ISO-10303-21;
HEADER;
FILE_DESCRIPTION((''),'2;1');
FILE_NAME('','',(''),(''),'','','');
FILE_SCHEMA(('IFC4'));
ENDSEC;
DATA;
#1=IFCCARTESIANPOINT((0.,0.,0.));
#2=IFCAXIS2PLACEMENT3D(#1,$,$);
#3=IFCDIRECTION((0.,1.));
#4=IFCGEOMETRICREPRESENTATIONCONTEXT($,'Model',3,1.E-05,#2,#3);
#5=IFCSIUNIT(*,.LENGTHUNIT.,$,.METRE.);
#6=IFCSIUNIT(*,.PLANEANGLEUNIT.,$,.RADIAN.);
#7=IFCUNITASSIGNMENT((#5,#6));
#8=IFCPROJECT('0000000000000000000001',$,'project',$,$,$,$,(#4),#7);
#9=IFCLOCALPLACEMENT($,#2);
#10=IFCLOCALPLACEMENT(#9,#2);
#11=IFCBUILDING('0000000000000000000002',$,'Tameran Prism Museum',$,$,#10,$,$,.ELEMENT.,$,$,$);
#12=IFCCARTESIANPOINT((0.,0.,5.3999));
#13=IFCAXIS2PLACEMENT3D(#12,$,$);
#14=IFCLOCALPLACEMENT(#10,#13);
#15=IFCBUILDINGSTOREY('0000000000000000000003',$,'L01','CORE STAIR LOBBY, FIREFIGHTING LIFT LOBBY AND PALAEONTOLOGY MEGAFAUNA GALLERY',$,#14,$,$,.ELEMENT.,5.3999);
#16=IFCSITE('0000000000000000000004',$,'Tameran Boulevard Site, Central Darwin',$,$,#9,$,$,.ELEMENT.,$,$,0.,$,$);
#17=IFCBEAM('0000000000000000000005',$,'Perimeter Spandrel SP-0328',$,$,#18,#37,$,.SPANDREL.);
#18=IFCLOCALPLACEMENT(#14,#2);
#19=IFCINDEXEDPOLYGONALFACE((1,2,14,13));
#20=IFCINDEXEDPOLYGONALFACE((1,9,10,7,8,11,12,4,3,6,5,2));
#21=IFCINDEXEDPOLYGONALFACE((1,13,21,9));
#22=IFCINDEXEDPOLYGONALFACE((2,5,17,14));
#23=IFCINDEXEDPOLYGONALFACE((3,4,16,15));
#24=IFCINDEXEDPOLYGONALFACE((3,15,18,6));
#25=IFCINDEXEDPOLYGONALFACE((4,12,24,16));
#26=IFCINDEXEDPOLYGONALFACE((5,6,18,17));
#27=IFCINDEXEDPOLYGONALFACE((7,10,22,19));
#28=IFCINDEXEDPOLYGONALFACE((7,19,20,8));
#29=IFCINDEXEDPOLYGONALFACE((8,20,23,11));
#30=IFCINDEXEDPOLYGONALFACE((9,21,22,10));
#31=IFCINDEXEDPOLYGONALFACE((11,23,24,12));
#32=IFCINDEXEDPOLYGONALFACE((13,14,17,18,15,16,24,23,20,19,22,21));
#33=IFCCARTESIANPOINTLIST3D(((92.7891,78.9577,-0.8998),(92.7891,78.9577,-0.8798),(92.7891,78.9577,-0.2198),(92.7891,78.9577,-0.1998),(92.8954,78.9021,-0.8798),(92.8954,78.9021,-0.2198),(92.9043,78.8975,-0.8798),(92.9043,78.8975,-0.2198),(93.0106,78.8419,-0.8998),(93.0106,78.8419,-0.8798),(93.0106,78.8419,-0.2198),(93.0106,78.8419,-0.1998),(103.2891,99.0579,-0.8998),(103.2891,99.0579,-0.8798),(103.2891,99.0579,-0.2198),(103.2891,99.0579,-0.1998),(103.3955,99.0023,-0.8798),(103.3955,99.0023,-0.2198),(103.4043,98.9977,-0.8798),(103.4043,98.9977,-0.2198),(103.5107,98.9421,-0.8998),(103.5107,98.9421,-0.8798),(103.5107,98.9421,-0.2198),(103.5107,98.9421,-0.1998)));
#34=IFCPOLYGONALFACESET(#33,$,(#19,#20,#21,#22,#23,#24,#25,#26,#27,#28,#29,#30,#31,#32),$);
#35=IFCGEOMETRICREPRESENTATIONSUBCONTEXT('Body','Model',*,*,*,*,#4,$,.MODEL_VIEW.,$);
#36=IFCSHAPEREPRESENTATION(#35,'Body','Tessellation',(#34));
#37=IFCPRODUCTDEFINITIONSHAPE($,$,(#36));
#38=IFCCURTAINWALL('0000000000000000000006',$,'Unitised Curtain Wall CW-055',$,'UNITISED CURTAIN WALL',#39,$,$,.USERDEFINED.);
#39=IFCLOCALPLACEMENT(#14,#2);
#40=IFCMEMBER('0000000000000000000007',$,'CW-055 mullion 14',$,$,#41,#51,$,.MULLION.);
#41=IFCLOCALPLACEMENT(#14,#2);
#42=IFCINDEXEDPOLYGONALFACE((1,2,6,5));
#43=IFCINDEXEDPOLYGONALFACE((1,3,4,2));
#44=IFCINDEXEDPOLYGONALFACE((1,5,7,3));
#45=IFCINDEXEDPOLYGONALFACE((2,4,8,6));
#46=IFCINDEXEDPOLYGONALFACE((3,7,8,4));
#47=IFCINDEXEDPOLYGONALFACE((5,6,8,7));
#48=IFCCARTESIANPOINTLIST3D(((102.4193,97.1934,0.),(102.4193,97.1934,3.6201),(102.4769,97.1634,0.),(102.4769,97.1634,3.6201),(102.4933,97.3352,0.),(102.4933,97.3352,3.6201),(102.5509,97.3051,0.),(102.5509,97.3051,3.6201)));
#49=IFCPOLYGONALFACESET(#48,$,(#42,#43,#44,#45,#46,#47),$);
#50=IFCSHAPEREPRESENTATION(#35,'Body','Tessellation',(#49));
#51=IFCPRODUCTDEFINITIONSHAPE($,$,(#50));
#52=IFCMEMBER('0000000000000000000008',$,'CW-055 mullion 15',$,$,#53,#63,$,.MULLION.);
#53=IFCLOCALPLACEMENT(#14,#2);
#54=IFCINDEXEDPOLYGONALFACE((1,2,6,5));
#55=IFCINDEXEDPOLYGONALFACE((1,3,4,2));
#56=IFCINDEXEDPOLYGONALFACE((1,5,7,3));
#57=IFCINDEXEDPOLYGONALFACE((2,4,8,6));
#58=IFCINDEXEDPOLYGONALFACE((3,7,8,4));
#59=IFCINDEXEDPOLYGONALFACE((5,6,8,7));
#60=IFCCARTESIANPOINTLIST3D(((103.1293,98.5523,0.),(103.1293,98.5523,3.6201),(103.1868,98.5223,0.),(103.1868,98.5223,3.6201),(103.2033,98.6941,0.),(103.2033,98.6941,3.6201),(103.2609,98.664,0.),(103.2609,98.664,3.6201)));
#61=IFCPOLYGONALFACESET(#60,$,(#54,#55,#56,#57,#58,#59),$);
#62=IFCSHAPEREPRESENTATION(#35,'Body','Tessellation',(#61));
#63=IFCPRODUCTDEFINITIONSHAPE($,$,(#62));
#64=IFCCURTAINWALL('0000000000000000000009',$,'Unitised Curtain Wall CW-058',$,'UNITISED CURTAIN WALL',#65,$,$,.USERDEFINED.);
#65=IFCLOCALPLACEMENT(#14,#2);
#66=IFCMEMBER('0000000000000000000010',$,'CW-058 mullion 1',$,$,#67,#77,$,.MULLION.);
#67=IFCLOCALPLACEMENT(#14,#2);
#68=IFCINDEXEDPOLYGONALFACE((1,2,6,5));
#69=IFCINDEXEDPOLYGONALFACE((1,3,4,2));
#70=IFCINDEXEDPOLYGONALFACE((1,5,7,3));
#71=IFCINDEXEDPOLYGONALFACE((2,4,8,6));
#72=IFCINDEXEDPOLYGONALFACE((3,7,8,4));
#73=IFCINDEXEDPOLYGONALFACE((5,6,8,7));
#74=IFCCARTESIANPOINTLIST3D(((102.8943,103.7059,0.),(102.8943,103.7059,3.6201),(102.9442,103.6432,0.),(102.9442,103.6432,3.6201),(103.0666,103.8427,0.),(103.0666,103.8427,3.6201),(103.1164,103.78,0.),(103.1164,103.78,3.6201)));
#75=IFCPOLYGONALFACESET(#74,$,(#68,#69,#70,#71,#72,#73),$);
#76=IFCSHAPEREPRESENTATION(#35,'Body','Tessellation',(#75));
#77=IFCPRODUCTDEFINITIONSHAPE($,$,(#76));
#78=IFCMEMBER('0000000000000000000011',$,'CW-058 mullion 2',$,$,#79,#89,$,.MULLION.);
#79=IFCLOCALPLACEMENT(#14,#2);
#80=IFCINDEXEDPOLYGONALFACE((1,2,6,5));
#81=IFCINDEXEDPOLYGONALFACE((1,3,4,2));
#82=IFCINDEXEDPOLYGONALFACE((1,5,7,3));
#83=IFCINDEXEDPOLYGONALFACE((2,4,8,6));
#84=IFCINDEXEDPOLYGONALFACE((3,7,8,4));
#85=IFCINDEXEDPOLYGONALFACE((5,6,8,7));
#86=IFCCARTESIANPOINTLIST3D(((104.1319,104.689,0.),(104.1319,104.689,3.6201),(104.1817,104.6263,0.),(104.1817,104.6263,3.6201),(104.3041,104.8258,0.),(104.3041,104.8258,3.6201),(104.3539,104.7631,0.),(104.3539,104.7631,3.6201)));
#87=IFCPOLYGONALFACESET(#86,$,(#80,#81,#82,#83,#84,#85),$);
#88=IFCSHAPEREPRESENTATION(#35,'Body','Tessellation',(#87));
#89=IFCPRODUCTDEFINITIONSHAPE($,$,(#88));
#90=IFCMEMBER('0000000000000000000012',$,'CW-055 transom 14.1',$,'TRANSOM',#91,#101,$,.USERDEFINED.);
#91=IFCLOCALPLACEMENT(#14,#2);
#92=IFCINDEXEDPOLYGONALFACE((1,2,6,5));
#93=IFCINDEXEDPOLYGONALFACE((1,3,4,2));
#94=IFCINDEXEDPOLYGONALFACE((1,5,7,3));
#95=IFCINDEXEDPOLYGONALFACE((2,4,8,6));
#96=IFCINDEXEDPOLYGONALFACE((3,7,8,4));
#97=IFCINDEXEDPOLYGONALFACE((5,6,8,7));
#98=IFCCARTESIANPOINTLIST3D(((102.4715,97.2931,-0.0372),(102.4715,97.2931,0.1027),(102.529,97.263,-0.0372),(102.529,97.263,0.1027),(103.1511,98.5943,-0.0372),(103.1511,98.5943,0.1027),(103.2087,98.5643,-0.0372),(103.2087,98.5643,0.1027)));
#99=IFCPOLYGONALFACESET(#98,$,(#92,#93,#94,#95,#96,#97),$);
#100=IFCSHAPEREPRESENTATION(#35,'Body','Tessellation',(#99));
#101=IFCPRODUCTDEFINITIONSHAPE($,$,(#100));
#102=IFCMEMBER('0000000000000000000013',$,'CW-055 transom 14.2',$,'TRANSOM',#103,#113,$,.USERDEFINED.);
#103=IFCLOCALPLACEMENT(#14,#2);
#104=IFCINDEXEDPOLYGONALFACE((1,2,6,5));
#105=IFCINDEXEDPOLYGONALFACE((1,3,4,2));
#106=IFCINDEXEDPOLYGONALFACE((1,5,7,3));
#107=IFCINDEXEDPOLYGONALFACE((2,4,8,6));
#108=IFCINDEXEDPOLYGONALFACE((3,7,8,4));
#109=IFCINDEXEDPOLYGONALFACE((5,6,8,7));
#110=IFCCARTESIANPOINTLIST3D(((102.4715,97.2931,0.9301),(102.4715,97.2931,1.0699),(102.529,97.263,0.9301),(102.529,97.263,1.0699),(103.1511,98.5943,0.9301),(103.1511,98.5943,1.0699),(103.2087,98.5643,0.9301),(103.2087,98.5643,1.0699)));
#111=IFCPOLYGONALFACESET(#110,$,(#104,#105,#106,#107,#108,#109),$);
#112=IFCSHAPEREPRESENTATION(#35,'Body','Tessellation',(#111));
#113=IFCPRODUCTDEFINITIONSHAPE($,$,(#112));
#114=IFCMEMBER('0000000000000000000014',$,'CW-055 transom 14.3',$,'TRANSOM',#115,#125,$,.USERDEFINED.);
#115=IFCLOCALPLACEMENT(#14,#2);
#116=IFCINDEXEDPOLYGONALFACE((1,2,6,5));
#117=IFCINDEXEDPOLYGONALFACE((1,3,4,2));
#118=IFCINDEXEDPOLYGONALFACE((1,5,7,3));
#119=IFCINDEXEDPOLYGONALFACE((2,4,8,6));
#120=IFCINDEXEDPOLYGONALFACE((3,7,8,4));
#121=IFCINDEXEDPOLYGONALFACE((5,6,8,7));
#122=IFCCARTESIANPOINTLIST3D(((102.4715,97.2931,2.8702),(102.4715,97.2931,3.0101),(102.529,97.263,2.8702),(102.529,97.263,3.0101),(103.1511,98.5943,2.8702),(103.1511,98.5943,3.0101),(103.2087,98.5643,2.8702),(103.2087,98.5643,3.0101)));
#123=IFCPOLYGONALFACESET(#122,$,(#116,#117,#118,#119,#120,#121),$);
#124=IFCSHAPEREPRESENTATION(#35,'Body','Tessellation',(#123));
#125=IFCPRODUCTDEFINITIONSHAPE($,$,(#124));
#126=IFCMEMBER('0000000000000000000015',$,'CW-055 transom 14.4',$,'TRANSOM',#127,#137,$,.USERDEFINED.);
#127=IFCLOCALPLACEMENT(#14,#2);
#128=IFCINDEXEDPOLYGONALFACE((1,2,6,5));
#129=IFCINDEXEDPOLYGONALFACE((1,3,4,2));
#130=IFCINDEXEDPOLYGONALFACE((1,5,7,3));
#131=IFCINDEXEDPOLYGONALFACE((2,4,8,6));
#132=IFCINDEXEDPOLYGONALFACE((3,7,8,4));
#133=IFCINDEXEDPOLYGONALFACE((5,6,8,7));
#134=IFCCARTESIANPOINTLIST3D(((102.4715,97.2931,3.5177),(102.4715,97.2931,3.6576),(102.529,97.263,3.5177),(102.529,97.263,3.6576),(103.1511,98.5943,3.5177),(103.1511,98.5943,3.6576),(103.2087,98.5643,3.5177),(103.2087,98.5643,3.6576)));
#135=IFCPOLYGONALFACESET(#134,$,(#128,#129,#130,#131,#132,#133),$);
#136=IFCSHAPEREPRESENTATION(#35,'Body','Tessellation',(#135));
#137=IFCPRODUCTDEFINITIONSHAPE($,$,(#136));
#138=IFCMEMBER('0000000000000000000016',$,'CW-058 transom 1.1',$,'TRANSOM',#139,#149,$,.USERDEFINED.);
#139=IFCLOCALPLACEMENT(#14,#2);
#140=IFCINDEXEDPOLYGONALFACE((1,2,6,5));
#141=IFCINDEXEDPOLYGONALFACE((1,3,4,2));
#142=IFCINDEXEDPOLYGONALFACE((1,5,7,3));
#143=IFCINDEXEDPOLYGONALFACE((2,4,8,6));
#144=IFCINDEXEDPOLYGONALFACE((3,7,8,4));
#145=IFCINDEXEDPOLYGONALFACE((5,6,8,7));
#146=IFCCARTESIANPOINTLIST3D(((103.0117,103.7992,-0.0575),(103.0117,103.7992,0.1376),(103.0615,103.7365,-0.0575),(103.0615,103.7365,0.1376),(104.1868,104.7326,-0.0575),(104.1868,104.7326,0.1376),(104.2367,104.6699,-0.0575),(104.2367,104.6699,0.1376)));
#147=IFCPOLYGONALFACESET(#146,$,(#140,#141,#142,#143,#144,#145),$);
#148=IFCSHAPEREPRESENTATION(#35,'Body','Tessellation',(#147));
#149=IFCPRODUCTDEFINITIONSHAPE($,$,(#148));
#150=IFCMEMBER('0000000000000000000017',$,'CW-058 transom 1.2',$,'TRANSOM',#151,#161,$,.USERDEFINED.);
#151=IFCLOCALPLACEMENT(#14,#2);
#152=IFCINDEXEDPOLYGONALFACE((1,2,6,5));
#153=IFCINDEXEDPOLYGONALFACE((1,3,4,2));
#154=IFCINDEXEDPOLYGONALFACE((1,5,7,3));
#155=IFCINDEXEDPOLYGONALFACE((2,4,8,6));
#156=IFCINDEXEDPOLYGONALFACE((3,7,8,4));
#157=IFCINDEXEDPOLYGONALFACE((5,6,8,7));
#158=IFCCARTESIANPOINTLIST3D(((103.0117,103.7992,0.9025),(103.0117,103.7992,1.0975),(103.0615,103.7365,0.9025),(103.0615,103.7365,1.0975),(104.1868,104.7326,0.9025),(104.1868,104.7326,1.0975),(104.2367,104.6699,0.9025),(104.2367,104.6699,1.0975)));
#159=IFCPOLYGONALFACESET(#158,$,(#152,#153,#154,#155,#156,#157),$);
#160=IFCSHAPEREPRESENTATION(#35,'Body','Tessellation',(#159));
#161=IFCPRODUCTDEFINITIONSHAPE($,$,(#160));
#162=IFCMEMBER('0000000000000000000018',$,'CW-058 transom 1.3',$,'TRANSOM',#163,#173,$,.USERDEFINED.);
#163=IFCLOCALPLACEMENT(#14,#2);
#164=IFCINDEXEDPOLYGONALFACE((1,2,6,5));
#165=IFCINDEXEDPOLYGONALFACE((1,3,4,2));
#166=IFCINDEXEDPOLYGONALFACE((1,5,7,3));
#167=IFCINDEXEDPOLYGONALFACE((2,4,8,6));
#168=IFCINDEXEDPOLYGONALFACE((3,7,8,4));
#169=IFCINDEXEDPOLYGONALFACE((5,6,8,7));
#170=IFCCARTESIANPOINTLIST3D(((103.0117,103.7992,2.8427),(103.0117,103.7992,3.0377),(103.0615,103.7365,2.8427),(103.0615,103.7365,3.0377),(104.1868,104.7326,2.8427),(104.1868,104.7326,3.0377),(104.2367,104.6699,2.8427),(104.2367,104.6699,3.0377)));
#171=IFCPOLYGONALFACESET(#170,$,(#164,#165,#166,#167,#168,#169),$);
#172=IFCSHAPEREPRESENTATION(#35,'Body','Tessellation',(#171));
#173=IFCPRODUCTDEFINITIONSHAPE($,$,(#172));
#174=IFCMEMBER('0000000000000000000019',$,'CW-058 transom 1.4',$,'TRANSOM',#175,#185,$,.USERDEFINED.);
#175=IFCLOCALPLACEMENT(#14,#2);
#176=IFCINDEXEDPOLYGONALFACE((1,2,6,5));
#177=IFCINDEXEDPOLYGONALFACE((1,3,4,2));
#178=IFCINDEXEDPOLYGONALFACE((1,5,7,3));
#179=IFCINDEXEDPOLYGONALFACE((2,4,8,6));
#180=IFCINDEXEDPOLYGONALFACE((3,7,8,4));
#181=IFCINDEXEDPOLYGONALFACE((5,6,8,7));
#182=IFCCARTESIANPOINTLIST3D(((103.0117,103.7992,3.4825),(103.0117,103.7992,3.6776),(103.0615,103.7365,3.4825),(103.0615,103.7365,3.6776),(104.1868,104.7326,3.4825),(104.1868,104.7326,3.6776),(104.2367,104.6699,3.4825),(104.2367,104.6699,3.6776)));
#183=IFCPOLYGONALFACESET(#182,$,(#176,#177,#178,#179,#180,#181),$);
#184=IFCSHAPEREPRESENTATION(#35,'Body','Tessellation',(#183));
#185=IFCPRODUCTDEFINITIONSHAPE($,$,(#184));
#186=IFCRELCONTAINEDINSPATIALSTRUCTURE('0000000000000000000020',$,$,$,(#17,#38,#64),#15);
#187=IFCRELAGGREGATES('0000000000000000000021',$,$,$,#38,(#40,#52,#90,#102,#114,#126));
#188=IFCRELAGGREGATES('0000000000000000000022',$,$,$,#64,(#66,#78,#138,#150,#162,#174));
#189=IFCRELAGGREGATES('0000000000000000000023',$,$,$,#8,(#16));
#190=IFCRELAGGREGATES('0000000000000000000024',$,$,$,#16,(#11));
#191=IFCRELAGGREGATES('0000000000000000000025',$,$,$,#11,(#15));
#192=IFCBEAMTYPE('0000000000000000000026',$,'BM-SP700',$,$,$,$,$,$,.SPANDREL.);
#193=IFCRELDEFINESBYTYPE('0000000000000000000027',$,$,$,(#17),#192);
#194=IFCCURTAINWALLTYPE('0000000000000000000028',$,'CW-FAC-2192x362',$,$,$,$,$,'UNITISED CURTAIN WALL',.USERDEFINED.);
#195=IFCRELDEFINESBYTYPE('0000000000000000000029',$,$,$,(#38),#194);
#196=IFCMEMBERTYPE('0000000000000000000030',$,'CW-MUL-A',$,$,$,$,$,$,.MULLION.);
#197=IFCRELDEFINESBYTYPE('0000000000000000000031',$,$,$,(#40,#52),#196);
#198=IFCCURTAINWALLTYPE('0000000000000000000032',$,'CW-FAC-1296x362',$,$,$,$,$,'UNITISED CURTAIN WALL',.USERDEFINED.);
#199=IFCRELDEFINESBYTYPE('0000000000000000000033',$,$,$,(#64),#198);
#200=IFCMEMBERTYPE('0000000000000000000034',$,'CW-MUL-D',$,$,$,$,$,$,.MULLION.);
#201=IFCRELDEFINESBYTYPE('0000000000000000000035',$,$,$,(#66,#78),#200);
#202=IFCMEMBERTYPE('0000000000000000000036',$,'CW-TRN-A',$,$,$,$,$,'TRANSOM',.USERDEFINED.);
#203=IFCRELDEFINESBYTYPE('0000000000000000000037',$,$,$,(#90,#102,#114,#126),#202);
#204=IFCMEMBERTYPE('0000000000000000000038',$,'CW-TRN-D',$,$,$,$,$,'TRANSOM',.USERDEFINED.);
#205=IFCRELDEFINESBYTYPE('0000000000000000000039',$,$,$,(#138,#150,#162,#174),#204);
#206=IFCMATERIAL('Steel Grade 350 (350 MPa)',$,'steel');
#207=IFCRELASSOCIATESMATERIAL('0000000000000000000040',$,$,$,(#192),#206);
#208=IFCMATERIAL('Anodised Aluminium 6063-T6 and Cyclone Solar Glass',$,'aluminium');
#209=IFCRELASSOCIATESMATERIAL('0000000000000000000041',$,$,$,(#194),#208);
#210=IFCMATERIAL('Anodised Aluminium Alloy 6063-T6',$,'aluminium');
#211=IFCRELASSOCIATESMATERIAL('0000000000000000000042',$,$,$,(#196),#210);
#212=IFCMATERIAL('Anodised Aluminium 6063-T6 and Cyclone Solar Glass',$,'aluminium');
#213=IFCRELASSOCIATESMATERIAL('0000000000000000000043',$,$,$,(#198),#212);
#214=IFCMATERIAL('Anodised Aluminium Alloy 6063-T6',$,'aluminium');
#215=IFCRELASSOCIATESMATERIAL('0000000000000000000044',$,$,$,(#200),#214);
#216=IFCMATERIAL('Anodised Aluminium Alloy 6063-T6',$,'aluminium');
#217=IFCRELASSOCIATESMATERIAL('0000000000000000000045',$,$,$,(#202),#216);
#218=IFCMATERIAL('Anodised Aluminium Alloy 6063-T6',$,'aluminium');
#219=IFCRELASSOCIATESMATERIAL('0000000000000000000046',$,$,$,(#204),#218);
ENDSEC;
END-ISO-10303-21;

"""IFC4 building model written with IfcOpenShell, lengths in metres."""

from ifc_helpers import new_model, si_unit, direction, frame, origin, origin_2d, place, context, subcontext, project, spatial, rectangle, i_section, extrude, material, material_profile, profile_set, type_object, element, aggregate, save


model = new_model("IFC4")

# Units and contexts
model_context = context("Model", 3, precision=1e-05, world=origin(), true_north=direction((0.0, 1.0)))
body_context = subcontext(model_context, "Body", "Model", "MODEL_VIEW")
ifc_project = project(units=[si_unit("LENGTHUNIT", "METRE"), si_unit("PLANEANGLEUNIT", "RADIAN")], contexts=[model_context])

# Site, building, storey
site_placement = place(None, origin())
site = spatial("IfcSite", under=ifc_project, at=site_placement, Name="Tameran Boulevard Site, Central Darwin", CompositionType="ELEMENT", RefElevation=0.0)
building_placement = place(site_placement, origin())
building = spatial("IfcBuilding", under=site, at=building_placement, Name="Tameran Prism Museum", CompositionType="ELEMENT")
storey_placement = place(building_placement, frame((0.0, 0.0, 5.3999)))
storey = spatial("IfcBuildingStorey", under=building, at=storey_placement, Name="L01", Description="CORE STAIR LOBBY, FIREFIGHTING LIFT LOBBY AND PALAEONTOLOGY MEGAFAUNA GALLERY", CompositionType="ELEMENT", Elevation=5.3999)

# Beam
ifc_material_1 = material(Name="Steel Grade 350 (350 MPa)", Category="steel")
ifc_material_profile_1 = material_profile(ifc_material_1, i_section(OverallWidth=0.25, OverallDepth=0.7, WebThickness=0.01, FlangeThickness=0.02, at=origin_2d()))
ifc_profile_set_1 = profile_set([ifc_material_profile_1])
beam_type_1 = type_object("IfcBeamType", Name="BM-SP700", PredefinedType="SPANDREL", material=ifc_profile_set_1)
beam_1_placement = place(storey_placement, frame((103.3999, 99.0, -0.5498), z_axis=(-0.463016, -0.88635, 0.0), x_axis=(0.88635, -0.463016, 0.0)))
element("IfcBeam", 1, at=beam_1_placement, inside=storey, type_object=beam_type_1, Name="Perimeter Spandrel SP-0328", PredefinedType="SPANDREL", context=body_context, shape_type="SweptSolid", body=[
    extrude(i_section(OverallWidth=0.25, OverallDepth=0.7, WebThickness=0.01, FlangeThickness=0.02, at=origin_2d()), origin(), (0.0, 0.0, 1.0), 22.6775),
])

# Curtain walls, members
ifc_material_2 = material(Name="Anodised Aluminium 6063-T6 and Cyclone Solar Glass", Category="aluminium")
curtain_wall_type_1 = type_object("IfcCurtainWallType", Name="CW-FAC-2192x362", ElementType="UNITISED CURTAIN WALL", PredefinedType="USERDEFINED", material=ifc_material_2)
curtain_wall_1_placement = place(storey_placement, origin())
curtain_wall_1 = element("IfcCurtainWall", 2, at=curtain_wall_1_placement, inside=storey, type_object=curtain_wall_type_1, Name="Unitised Curtain Wall CW-055", ObjectType="UNITISED CURTAIN WALL", PredefinedType="USERDEFINED")
ifc_material_3 = material(Name="Anodised Aluminium Alloy 6063-T6", Category="aluminium")
ifc_material_profile_2 = material_profile(ifc_material_3, rectangle(XDim=0.0649, YDim=0.1599, at=origin_2d()))
ifc_profile_set_2 = profile_set([ifc_material_profile_2])
member_type_1 = type_object("IfcMemberType", Name="CW-MUL-A", PredefinedType="MULLION", material=ifc_profile_set_2)
member_1_placement = place(storey_placement, frame((102.4851, 97.2493, 0.0), z_axis=(0.0, 0.0, 1.0), x_axis=(-0.886357, 0.463003, 0.0)))
member_1 = element("IfcMember", 3, at=member_1_placement, type_object=member_type_1, Name="CW-055 mullion 14", PredefinedType="MULLION", context=body_context, shape_type="SweptSolid", body=[
    extrude(rectangle(XDim=0.0649, YDim=0.1599, at=origin_2d()), origin(), (0.0, 0.0, 1.0), 3.6201),
])
member_2_placement = place(storey_placement, frame((103.1951, 98.6082, 0.0), z_axis=(0.0, 0.0, 1.0), x_axis=(-0.886357, 0.463003, 0.0)))
member_2 = element("IfcMember", 4, at=member_2_placement, type_object=member_type_1, Name="CW-055 mullion 15", PredefinedType="MULLION", context=body_context, shape_type="SweptSolid", body=[
    extrude(rectangle(XDim=0.0649, YDim=0.1599, at=origin_2d()), origin(), (0.0, 0.0, 1.0), 3.6201),
])
ifc_material_4 = material(Name="Anodised Aluminium 6063-T6 and Cyclone Solar Glass", Category="aluminium")
curtain_wall_type_2 = type_object("IfcCurtainWallType", Name="CW-FAC-1296x362", ElementType="UNITISED CURTAIN WALL", PredefinedType="USERDEFINED", material=ifc_material_4)
curtain_wall_2_placement = place(storey_placement, origin())
curtain_wall_2 = element("IfcCurtainWall", 5, at=curtain_wall_2_placement, inside=storey, type_object=curtain_wall_type_2, Name="Unitised Curtain Wall CW-058", ObjectType="UNITISED CURTAIN WALL", PredefinedType="USERDEFINED")
ifc_material_5 = material(Name="Anodised Aluminium Alloy 6063-T6", Category="aluminium")
ifc_material_profile_3 = material_profile(ifc_material_5, rectangle(XDim=0.0801, YDim=0.22, at=origin_2d()))
ifc_profile_set_3 = profile_set([ifc_material_profile_3])
member_type_2 = type_object("IfcMemberType", Name="CW-MUL-D", PredefinedType="MULLION", material=ifc_profile_set_3)
member_3_placement = place(storey_placement, frame((103.0054, 103.7429, 0.0), z_axis=(0.0, 0.0, 1.0), x_axis=(-0.621982, 0.783031, 0.0)))
member_3 = element("IfcMember", 6, at=member_3_placement, type_object=member_type_2, Name="CW-058 mullion 1", PredefinedType="MULLION", context=body_context, shape_type="SweptSolid", body=[
    extrude(rectangle(XDim=0.0801, YDim=0.22, at=origin_2d()), origin(), (0.0, 0.0, 1.0), 3.6201),
])
member_4_placement = place(storey_placement, frame((104.2429, 104.7261, 0.0), z_axis=(0.0, 0.0, 1.0), x_axis=(-0.621982, 0.783031, 0.0)))
member_4 = element("IfcMember", 7, at=member_4_placement, type_object=member_type_2, Name="CW-058 mullion 2", PredefinedType="MULLION", context=body_context, shape_type="SweptSolid", body=[
    extrude(rectangle(XDim=0.0801, YDim=0.22, at=origin_2d()), origin(), (0.0, 0.0, 1.0), 3.6201),
])

# Members
ifc_material_6 = material(Name="Anodised Aluminium Alloy 6063-T6", Category="aluminium")
ifc_material_profile_4 = material_profile(ifc_material_6, rectangle(XDim=0.0649, YDim=0.1399, at=origin_2d()))
ifc_profile_set_4 = profile_set([ifc_material_profile_4])
member_type_3 = type_object("IfcMemberType", Name="CW-TRN-A", ElementType="TRANSOM", PredefinedType="USERDEFINED", material=ifc_profile_set_4)
member_5_placement = place(storey_placement, frame((102.5002, 97.2781, 0.0327), z_axis=(0.462975, 0.886371, 0.0), x_axis=(-0.886371, 0.462975, 0.0)))
member_5 = element("IfcMember", 8, at=member_5_placement, type_object=member_type_3, Name="CW-055 transom 14.1", ObjectType="TRANSOM", PredefinedType="USERDEFINED", context=body_context, shape_type="SweptSolid", body=[
    extrude(rectangle(XDim=0.0649, YDim=0.1399, at=origin_2d()), origin(), (0.0, 0.0, 1.0), 1.468),
])
member_6_placement = place(storey_placement, frame((102.5002, 97.2781, 1.0), z_axis=(0.462975, 0.886371, 0.0), x_axis=(-0.886371, 0.462975, 0.0)))
member_6 = element("IfcMember", 9, at=member_6_placement, type_object=member_type_3, Name="CW-055 transom 14.2", ObjectType="TRANSOM", PredefinedType="USERDEFINED", context=body_context, shape_type="SweptSolid", body=[
    extrude(rectangle(XDim=0.0649, YDim=0.1399, at=origin_2d()), origin(), (0.0, 0.0, 1.0), 1.468),
])
member_7_placement = place(storey_placement, frame((102.5002, 97.2781, 2.9402), z_axis=(0.462975, 0.886371, 0.0), x_axis=(-0.886371, 0.462975, 0.0)))
member_7 = element("IfcMember", 10, at=member_7_placement, type_object=member_type_3, Name="CW-055 transom 14.3", ObjectType="TRANSOM", PredefinedType="USERDEFINED", context=body_context, shape_type="SweptSolid", body=[
    extrude(rectangle(XDim=0.0649, YDim=0.1399, at=origin_2d()), origin(), (0.0, 0.0, 1.0), 1.468),
])
member_8_placement = place(storey_placement, frame((102.5002, 97.2781, 3.5876), z_axis=(0.462975, 0.886371, 0.0), x_axis=(-0.886371, 0.462975, 0.0)))
member_8 = element("IfcMember", 11, at=member_8_placement, type_object=member_type_3, Name="CW-055 transom 14.4", ObjectType="TRANSOM", PredefinedType="USERDEFINED", context=body_context, shape_type="SweptSolid", body=[
    extrude(rectangle(XDim=0.0649, YDim=0.1399, at=origin_2d()), origin(), (0.0, 0.0, 1.0), 1.468),
])
ifc_material_7 = material(Name="Anodised Aluminium Alloy 6063-T6", Category="aluminium")
ifc_material_profile_5 = material_profile(ifc_material_7, rectangle(XDim=0.0801, YDim=0.1951, at=origin_2d()))
ifc_profile_set_5 = profile_set([ifc_material_profile_5])
member_type_4 = type_object("IfcMemberType", Name="CW-TRN-D", ElementType="TRANSOM", PredefinedType="USERDEFINED", material=ifc_profile_set_5)
member_9_placement = place(storey_placement, frame((103.0366, 103.7678, 0.04), z_axis=(0.783039, 0.621973, 0.0), x_axis=(-0.621973, 0.783039, 0.0)))
member_9 = element("IfcMember", 12, at=member_9_placement, type_object=member_type_4, Name="CW-058 transom 1.1", ObjectType="TRANSOM", PredefinedType="USERDEFINED", context=body_context, shape_type="SweptSolid", body=[
    extrude(rectangle(XDim=0.0801, YDim=0.1951, at=origin_2d()), origin(), (0.0, 0.0, 1.0), 1.5007),
])
member_10_placement = place(storey_placement, frame((103.0366, 103.7678, 1.0), z_axis=(0.783039, 0.621973, 0.0), x_axis=(-0.621973, 0.783039, 0.0)))
member_10 = element("IfcMember", 13, at=member_10_placement, type_object=member_type_4, Name="CW-058 transom 1.2", ObjectType="TRANSOM", PredefinedType="USERDEFINED", context=body_context, shape_type="SweptSolid", body=[
    extrude(rectangle(XDim=0.0801, YDim=0.1951, at=origin_2d()), origin(), (0.0, 0.0, 1.0), 1.5007),
])
member_11_placement = place(storey_placement, frame((103.0366, 103.7678, 2.9402), z_axis=(0.783039, 0.621973, 0.0), x_axis=(-0.621973, 0.783039, 0.0)))
member_11 = element("IfcMember", 14, at=member_11_placement, type_object=member_type_4, Name="CW-058 transom 1.3", ObjectType="TRANSOM", PredefinedType="USERDEFINED", context=body_context, shape_type="SweptSolid", body=[
    extrude(rectangle(XDim=0.0801, YDim=0.1951, at=origin_2d()), origin(), (0.0, 0.0, 1.0), 1.5007),
])
member_12_placement = place(storey_placement, frame((103.0366, 103.7678, 3.5801), z_axis=(0.783039, 0.621973, 0.0), x_axis=(-0.621973, 0.783039, 0.0)))
member_12 = element("IfcMember", 15, at=member_12_placement, type_object=member_type_4, Name="CW-058 transom 1.4", ObjectType="TRANSOM", PredefinedType="USERDEFINED", context=body_context, shape_type="SweptSolid", body=[
    extrude(rectangle(XDim=0.0801, YDim=0.1951, at=origin_2d()), origin(), (0.0, 0.0, 1.0), 1.5007),
])

aggregate(curtain_wall_1, [member_1, member_2, member_5, member_6, member_7, member_8])
aggregate(curtain_wall_2, [member_3, member_4, member_9, member_10, member_11, member_12])

save(model, "model.ifc")
